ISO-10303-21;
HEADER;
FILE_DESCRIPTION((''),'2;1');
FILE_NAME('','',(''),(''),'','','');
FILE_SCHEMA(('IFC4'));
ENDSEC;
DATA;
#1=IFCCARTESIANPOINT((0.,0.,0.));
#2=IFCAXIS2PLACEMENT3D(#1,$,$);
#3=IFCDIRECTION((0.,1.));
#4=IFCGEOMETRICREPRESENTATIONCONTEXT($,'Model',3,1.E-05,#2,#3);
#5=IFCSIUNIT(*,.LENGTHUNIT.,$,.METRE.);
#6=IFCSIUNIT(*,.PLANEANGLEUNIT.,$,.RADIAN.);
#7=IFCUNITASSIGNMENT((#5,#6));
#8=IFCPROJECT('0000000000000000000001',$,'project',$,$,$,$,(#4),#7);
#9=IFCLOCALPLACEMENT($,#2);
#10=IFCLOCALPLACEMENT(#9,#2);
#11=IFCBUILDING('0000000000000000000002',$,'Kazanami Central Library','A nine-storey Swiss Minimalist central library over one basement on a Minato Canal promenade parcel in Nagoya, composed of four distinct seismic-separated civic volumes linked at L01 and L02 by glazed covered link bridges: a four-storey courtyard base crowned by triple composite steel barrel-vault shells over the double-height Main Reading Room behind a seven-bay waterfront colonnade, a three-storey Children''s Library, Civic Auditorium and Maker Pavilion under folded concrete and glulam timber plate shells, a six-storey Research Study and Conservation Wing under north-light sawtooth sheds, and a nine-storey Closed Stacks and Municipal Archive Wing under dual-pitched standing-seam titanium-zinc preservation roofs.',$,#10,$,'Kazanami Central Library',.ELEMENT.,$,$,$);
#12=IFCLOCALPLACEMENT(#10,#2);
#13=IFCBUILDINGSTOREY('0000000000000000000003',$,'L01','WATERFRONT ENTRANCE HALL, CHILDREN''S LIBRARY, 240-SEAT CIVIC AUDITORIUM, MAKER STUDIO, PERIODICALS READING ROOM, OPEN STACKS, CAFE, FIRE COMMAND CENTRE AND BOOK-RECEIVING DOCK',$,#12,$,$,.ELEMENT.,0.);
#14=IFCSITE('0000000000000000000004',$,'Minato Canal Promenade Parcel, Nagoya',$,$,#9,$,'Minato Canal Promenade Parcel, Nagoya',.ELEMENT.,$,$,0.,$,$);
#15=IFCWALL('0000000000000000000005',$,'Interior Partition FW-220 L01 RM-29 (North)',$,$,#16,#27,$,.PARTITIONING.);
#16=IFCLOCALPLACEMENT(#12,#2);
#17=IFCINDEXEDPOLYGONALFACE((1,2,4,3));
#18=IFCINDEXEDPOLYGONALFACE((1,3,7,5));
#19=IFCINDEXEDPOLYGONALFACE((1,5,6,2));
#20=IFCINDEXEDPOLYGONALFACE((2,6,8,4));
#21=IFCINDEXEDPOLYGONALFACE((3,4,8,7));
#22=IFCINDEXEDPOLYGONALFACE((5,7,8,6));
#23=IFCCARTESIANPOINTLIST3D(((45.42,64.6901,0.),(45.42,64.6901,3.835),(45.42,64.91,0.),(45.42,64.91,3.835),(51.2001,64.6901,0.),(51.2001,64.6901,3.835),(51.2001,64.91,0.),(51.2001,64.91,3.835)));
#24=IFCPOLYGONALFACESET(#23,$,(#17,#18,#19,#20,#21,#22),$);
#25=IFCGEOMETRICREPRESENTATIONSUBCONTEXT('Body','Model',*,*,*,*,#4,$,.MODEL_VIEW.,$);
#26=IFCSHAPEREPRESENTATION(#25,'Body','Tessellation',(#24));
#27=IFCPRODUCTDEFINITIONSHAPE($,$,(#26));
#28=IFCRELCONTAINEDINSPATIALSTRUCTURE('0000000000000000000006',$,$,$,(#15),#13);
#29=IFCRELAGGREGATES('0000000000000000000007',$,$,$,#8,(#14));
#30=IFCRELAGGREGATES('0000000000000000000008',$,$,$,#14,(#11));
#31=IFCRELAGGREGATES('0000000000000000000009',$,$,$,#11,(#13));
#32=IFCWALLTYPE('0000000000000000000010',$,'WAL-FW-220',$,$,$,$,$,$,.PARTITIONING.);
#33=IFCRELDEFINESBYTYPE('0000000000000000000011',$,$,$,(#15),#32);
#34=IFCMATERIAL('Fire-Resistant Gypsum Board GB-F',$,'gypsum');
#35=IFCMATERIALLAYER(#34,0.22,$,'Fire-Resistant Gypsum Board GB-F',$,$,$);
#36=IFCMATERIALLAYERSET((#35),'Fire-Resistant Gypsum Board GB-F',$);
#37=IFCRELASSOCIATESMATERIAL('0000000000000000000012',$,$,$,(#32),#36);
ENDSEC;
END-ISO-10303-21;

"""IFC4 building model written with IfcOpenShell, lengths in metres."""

from ifc_helpers import new_model, si_unit, direction, frame, frame_2d, origin, place, context, subcontext, project, spatial, rectangle, extrude, material, layer, layer_set, type_object, element, save


model = new_model("IFC4")

# Units and contexts
model_context = context("Model", 3, precision=1e-05, world=origin(), true_north=direction((0.0, 1.0)))
body_context = subcontext(model_context, "Body", "Model", "MODEL_VIEW")
ifc_project = project(units=[si_unit("LENGTHUNIT", "METRE"), si_unit("PLANEANGLEUNIT", "RADIAN")], contexts=[model_context])

# Site, building, storey
site_placement = place(None, origin())
site = spatial("IfcSite", under=ifc_project, at=site_placement, Name="Minato Canal Promenade Parcel, Nagoya", LongName="Minato Canal Promenade Parcel, Nagoya", CompositionType="ELEMENT", RefElevation=0.0)
building_placement = place(site_placement, origin())
building = spatial("IfcBuilding", under=site, at=building_placement, Name="Kazanami Central Library", Description="A nine-storey Swiss Minimalist central library over one basement on a Minato Canal promenade parcel in Nagoya, composed of four distinct seismic-separated civic volumes linked at L01 and L02 by glazed covered link bridges: a four-storey courtyard base crowned by triple composite steel barrel-vault shells over the double-height Main Reading Room behind a seven-bay waterfront colonnade, a three-storey Children's Library, Civic Auditorium and Maker Pavilion under folded concrete and glulam timber plate shells, a six-storey Research Study and Conservation Wing under north-light sawtooth sheds, and a nine-storey Closed Stacks and Municipal Archive Wing under dual-pitched standing-seam titanium-zinc preservation roofs.", LongName="Kazanami Central Library", CompositionType="ELEMENT")
storey_placement = place(building_placement, origin())
storey = spatial("IfcBuildingStorey", under=building, at=storey_placement, Name="L01", Description="WATERFRONT ENTRANCE HALL, CHILDREN'S LIBRARY, 240-SEAT CIVIC AUDITORIUM, MAKER STUDIO, PERIODICALS READING ROOM, OPEN STACKS, CAFE, FIRE COMMAND CENTRE AND BOOK-RECEIVING DOCK", CompositionType="ELEMENT", Elevation=0.0)

# Wall
ifc_material_1 = material(Name="Fire-Resistant Gypsum Board GB-F", Category="gypsum")
ifc_layer_1 = layer(ifc_material_1, 0.22, Name="Fire-Resistant Gypsum Board GB-F")
ifc_layer_set_1 = layer_set([ifc_layer_1], Name="Fire-Resistant Gypsum Board GB-F")
wall_type_1 = type_object("IfcWallType", Name="WAL-FW-220", PredefinedType="PARTITIONING", material=ifc_layer_set_1)
wall_1_placement = place(storey_placement, frame((45.4199, 64.8, 0.0), z_axis=(0.0, 0.0, 1.0), x_axis=(1.0, 0.0, 0.0)))
element("IfcWall", 1, at=wall_1_placement, inside=storey, type_object=wall_type_1, Name="Interior Partition FW-220 L01 RM-29 (North)", PredefinedType="PARTITIONING", context=body_context, shape_type="SweptSolid", body=[
    extrude(rectangle(XDim=5.78, YDim=0.22, at=frame_2d((2.8901, 0.0))), origin(), (0.0, 0.0, 1.0), 3.835),
])

save(model, "model.ifc")
